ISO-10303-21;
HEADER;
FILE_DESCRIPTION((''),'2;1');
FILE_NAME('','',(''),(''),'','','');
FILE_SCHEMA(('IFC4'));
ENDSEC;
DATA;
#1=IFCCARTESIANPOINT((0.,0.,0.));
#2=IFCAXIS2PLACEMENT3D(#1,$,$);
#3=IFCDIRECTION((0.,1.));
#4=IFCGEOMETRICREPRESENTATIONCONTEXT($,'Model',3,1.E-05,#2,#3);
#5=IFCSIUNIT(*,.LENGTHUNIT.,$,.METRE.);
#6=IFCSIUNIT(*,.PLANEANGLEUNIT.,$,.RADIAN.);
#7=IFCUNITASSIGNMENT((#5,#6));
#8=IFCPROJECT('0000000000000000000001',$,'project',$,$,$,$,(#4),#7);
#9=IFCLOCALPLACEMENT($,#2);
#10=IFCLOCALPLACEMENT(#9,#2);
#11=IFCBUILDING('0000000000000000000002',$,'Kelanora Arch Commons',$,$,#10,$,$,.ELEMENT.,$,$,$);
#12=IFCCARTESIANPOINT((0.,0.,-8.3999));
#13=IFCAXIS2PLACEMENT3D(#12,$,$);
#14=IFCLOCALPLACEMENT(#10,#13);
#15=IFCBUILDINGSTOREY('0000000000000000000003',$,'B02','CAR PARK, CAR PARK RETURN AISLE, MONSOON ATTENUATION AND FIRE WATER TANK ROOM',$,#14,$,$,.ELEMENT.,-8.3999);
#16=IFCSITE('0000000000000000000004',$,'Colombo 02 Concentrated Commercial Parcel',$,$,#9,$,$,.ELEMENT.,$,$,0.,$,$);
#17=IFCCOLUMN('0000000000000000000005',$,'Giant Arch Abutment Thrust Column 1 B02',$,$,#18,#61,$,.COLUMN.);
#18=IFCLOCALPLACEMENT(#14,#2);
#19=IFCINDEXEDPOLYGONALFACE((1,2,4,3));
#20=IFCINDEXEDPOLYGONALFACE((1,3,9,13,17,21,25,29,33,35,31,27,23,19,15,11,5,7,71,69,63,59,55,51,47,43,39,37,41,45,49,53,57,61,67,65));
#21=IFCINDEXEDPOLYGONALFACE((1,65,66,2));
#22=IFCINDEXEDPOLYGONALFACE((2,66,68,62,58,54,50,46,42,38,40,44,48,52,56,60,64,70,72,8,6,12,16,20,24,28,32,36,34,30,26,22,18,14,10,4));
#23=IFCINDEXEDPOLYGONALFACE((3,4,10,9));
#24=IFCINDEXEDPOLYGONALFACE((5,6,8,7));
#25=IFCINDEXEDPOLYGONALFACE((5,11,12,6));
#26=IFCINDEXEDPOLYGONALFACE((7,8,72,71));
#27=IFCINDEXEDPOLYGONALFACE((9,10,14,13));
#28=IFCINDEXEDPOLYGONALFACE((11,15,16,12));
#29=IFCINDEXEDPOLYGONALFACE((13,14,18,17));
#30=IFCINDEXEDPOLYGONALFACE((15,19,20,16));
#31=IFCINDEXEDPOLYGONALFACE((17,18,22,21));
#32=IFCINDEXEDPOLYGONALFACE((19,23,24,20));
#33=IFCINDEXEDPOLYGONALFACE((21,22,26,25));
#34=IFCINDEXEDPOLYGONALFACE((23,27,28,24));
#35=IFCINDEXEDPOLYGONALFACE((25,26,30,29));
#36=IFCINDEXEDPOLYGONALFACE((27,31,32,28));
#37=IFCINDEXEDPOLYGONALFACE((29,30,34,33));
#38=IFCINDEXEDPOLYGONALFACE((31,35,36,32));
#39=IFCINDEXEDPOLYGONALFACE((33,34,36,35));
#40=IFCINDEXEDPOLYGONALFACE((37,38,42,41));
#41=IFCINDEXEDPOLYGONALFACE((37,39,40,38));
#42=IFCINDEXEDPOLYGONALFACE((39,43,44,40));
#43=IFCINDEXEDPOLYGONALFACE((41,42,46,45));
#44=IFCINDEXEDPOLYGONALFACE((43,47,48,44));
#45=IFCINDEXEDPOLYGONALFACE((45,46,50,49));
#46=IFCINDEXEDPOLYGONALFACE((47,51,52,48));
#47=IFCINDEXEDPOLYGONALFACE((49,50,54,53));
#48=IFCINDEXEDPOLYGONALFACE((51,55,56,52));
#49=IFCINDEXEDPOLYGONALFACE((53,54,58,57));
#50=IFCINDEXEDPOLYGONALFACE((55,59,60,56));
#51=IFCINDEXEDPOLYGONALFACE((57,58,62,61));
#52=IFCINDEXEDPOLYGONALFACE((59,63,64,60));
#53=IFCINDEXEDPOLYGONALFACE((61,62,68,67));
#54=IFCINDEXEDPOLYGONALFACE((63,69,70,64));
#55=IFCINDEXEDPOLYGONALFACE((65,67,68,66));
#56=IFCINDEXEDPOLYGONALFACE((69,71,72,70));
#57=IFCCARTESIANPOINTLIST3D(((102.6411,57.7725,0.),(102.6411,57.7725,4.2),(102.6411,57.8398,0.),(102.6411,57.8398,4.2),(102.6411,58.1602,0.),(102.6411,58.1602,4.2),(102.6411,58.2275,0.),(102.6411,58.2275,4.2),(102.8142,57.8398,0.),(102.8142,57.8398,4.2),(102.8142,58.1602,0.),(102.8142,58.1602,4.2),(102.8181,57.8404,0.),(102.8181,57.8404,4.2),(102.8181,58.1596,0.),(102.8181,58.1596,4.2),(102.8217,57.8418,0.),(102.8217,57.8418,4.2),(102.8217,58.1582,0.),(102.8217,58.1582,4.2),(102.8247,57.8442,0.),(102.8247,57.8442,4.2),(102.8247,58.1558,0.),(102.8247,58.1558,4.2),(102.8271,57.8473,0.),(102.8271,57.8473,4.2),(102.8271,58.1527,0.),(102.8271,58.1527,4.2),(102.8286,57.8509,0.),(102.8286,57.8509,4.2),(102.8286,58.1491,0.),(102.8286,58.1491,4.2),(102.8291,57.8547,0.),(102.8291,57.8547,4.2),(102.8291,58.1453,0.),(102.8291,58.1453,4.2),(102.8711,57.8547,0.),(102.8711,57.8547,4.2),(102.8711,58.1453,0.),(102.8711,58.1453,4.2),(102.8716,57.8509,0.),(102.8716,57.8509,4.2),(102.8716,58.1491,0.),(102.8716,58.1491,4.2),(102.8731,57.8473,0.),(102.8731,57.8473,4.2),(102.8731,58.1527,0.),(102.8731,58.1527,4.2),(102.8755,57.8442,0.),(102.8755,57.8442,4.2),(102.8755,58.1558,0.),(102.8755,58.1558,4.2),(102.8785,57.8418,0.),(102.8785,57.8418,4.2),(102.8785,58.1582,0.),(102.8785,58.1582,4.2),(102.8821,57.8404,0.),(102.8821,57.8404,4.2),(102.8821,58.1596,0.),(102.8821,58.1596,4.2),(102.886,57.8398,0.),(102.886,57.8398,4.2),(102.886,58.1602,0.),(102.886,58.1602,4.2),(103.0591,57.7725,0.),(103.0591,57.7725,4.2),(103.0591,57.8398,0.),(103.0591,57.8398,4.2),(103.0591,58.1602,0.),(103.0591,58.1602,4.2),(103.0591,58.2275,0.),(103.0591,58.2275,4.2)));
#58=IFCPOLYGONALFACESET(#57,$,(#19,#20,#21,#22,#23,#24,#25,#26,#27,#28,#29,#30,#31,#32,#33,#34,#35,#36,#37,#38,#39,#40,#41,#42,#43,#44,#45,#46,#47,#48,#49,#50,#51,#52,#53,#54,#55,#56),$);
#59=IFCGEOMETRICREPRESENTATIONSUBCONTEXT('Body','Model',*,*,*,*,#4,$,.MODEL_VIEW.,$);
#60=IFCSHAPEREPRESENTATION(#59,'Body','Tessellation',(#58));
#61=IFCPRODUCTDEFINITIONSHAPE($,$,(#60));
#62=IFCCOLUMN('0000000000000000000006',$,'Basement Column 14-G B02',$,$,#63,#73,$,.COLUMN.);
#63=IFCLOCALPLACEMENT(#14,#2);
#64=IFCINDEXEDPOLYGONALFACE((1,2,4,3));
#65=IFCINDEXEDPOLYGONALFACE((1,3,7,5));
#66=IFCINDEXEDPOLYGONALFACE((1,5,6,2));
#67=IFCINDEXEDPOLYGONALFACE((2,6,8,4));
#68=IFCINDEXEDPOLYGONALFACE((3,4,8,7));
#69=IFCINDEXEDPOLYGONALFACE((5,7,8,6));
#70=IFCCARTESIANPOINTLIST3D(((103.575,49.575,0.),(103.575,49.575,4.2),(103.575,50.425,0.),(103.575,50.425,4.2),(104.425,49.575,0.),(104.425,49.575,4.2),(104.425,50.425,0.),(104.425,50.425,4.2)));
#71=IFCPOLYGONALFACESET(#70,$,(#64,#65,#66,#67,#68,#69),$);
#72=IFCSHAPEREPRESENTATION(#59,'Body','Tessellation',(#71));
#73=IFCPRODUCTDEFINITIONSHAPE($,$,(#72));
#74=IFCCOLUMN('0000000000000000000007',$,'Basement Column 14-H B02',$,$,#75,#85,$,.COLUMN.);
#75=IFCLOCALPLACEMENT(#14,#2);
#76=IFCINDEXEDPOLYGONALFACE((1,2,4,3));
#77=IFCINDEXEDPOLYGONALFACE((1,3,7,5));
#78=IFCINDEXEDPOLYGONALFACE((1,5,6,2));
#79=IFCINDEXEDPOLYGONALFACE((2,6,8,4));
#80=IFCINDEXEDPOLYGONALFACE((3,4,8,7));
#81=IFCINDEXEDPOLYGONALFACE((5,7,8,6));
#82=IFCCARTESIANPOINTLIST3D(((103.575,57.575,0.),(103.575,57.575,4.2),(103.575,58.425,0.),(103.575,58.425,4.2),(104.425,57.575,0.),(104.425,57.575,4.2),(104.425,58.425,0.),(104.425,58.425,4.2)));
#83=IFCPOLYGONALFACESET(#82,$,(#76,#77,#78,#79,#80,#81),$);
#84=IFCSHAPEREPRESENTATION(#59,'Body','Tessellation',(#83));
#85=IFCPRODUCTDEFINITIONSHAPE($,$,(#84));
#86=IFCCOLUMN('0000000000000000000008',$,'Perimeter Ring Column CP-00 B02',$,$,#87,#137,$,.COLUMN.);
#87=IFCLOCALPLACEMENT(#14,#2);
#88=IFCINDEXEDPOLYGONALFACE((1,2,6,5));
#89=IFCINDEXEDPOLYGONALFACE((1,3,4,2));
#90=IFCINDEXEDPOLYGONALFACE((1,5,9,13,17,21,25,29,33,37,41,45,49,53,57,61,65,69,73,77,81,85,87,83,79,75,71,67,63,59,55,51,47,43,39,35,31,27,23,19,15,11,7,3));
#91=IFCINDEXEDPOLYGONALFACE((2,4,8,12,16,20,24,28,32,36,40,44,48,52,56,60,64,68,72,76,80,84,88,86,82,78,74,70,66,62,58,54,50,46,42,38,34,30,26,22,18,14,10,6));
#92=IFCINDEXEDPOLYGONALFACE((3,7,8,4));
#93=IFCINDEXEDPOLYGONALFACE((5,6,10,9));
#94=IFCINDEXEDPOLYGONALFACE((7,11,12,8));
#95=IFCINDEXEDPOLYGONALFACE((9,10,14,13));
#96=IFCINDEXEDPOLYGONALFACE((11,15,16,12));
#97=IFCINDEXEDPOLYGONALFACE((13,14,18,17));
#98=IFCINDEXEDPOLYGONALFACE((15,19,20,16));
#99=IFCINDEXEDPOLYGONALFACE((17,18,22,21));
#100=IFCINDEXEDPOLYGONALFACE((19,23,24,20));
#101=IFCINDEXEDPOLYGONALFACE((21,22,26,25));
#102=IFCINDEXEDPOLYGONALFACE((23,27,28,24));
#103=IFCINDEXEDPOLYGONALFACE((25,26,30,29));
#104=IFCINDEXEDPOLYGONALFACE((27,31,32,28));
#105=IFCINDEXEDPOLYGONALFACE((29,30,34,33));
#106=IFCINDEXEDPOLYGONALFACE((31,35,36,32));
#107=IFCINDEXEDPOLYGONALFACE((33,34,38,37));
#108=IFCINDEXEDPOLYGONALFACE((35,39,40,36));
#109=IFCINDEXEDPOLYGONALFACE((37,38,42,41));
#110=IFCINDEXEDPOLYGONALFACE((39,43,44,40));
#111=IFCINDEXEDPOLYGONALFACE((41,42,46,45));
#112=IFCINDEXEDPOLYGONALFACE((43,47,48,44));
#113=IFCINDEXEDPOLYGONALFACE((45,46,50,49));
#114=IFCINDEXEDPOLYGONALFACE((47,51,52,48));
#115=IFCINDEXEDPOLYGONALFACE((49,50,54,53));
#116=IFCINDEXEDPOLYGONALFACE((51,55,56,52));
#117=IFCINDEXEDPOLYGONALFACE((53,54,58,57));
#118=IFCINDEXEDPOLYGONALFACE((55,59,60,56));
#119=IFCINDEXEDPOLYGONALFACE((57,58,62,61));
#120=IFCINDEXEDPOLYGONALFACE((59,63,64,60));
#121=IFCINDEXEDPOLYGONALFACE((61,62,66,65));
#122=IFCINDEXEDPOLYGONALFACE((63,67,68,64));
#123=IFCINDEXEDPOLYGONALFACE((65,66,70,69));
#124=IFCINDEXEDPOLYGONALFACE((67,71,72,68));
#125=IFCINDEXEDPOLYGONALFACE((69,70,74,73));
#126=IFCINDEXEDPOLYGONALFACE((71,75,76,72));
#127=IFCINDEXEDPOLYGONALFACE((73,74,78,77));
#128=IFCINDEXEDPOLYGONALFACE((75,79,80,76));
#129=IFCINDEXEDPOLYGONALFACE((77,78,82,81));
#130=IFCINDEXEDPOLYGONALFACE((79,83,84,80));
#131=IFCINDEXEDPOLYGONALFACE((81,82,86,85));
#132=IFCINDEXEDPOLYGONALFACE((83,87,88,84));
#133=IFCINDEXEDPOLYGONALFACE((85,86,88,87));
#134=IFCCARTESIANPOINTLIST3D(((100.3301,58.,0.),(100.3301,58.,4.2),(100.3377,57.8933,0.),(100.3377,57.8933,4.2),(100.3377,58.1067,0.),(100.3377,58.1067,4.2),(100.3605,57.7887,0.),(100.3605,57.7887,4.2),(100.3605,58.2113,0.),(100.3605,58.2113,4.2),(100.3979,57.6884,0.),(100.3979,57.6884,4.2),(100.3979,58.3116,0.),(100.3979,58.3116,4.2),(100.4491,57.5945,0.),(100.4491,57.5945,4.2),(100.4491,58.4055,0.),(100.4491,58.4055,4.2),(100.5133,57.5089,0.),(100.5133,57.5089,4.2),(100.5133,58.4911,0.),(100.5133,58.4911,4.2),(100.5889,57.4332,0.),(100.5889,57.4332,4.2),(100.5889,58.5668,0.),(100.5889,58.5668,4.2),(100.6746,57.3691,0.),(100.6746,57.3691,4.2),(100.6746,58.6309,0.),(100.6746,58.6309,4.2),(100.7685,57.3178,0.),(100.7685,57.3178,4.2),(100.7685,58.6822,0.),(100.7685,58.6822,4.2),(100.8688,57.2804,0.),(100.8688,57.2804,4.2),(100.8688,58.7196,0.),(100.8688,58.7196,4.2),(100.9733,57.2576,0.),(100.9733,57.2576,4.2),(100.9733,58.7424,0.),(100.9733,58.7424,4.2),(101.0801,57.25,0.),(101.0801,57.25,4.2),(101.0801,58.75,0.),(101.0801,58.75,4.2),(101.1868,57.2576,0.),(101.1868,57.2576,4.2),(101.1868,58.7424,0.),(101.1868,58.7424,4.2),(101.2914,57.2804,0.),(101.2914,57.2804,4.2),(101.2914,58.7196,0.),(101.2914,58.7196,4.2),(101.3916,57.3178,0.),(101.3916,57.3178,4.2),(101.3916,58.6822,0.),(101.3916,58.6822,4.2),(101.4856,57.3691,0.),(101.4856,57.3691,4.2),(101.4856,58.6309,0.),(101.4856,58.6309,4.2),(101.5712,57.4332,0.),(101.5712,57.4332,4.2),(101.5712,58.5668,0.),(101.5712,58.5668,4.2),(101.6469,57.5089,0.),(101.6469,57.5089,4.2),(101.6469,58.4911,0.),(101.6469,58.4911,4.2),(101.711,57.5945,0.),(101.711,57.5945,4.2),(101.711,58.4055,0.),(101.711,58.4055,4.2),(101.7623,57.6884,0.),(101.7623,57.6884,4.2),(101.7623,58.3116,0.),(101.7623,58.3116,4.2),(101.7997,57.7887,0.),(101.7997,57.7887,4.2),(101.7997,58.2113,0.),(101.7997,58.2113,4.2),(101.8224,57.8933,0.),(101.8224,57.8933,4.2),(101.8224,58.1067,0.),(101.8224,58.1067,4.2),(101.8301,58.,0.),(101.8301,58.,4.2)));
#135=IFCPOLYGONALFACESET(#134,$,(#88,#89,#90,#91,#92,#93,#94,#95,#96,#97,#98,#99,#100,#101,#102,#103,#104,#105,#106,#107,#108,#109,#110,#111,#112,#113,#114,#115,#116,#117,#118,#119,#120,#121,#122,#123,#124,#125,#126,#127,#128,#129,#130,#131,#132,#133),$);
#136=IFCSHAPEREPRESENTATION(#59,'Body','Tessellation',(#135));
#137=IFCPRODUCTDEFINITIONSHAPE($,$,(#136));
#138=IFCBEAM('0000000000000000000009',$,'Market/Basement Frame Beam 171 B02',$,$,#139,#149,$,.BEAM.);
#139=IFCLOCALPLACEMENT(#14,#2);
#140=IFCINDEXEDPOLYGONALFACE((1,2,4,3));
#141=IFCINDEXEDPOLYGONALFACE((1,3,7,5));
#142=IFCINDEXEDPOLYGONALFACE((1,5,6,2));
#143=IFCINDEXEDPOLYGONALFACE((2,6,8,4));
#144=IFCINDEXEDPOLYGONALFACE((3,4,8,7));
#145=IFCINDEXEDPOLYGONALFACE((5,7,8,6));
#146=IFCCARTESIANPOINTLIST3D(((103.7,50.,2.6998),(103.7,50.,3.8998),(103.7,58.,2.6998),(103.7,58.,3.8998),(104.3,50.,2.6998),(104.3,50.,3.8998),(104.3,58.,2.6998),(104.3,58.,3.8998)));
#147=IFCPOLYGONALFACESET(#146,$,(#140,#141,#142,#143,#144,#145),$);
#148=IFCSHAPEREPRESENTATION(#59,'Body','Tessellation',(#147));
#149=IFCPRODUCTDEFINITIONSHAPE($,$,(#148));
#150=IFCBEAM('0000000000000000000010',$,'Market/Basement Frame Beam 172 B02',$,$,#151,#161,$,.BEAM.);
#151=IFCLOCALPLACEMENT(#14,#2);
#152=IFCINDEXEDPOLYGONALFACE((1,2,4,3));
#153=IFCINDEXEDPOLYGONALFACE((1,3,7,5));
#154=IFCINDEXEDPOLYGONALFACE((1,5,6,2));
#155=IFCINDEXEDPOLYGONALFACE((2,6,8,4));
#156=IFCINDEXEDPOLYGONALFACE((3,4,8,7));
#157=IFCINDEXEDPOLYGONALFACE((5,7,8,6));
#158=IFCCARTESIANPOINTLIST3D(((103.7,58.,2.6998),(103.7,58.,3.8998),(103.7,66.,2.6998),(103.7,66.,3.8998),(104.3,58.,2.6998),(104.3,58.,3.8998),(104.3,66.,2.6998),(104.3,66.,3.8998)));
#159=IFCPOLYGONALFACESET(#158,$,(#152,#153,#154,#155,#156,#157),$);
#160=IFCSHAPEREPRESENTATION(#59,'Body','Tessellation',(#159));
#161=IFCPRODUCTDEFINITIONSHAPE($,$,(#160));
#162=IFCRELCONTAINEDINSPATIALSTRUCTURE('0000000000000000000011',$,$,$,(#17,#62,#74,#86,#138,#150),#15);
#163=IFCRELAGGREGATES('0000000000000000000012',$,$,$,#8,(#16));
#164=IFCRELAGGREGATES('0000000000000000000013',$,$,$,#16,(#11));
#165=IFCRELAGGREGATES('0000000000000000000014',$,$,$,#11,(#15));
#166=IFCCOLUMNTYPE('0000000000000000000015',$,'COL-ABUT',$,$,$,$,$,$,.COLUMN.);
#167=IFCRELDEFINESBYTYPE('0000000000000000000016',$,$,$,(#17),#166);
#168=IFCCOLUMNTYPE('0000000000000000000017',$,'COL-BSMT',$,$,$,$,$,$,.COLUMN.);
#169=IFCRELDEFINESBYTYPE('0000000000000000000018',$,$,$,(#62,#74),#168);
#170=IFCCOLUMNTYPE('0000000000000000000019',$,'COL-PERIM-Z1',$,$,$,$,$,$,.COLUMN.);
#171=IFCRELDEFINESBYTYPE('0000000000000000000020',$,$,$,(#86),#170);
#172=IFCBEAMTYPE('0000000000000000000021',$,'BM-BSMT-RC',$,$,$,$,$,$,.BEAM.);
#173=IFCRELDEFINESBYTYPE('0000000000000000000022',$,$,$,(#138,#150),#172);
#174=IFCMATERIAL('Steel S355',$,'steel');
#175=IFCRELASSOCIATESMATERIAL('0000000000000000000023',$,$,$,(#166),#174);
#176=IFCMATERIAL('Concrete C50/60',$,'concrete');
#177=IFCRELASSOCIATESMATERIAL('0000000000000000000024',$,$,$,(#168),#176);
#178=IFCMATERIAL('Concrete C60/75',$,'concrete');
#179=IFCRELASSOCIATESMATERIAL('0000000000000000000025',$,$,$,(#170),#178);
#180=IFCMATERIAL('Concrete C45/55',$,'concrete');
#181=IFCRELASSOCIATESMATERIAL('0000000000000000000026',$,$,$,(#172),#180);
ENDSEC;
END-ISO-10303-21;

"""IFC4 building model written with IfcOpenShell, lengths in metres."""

from ifc_helpers import new_model, si_unit, direction, frame, origin, origin_2d, place, context, subcontext, project, spatial, rectangle, circle, i_section, extrude, material, material_profile, profile_set, type_object, element, save


model = new_model("IFC4")

# Units and contexts
model_context = context("Model", 3, precision=1e-05, world=origin(), true_north=direction((0.0, 1.0)))
body_context = subcontext(model_context, "Body", "Model", "MODEL_VIEW")
ifc_project = project(units=[si_unit("LENGTHUNIT", "METRE"), si_unit("PLANEANGLEUNIT", "RADIAN")], contexts=[model_context])

# Site, building, storey
site_placement = place(None, origin())
site = spatial("IfcSite", under=ifc_project, at=site_placement, Name="Colombo 02 Concentrated Commercial Parcel", CompositionType="ELEMENT", RefElevation=0.0)
building_placement = place(site_placement, origin())
building = spatial("IfcBuilding", under=site, at=building_placement, Name="Kelanora Arch Commons", CompositionType="ELEMENT")
storey_placement = place(building_placement, frame((0.0, 0.0, -8.3999)))
storey = spatial("IfcBuildingStorey", under=building, at=storey_placement, Name="B02", Description="CAR PARK, CAR PARK RETURN AISLE, MONSOON ATTENUATION AND FIRE WATER TANK ROOM", CompositionType="ELEMENT", Elevation=-8.3999)

# Shared definitions
ifc_material_1 = material(Name="Concrete C45/55", Category="concrete")

# Columns
ifc_material_2 = material(Name="Steel S355", Category="steel")
ifc_material_profile_1 = material_profile(ifc_material_2, i_section(OverallWidth=0.418, OverallDepth=0.4551, WebThickness=0.042, FlangeThickness=0.0674, FilletRadius=0.0149, at=origin_2d()), Name="HD400x551")
ifc_profile_set_1 = profile_set([ifc_material_profile_1], Name="Steel S355")
column_type_1 = type_object("IfcColumnType", Name="COL-ABUT", PredefinedType="COLUMN", material=ifc_profile_set_1)
column_1_placement = place(storey_placement, frame((102.8501, 58.0, 0.0), z_axis=(0.0, 0.0, 1.0), x_axis=(1.0, 0.0, 0.0)))
element("IfcColumn", 1, at=column_1_placement, inside=storey, type_object=column_type_1, Name="Giant Arch Abutment Thrust Column 1 B02", PredefinedType="COLUMN", context=body_context, shape_type="SweptSolid", body=[
    extrude(i_section(OverallWidth=0.418, OverallDepth=0.4551, WebThickness=0.042, FlangeThickness=0.0674, FilletRadius=0.0149, at=origin_2d()), origin(), (0.0, 0.0, 1.0), 4.2),
])
ifc_material_3 = material(Name="Concrete C50/60", Category="concrete")
ifc_material_profile_2 = material_profile(ifc_material_3, rectangle(XDim=0.8501, YDim=0.8501, at=origin_2d()), Name="RC850x850")
ifc_profile_set_2 = profile_set([ifc_material_profile_2], Name="Concrete C50/60")
column_type_2 = type_object("IfcColumnType", Name="COL-BSMT", PredefinedType="COLUMN", material=ifc_profile_set_2)
for number, where, z_axis, x_axis, name in (
    (2, (104.0, 50.0, 0.0), (0.0, 0.0, 1.0), (1.0, 0.0, 0.0), "Basement Column 14-G B02"),
    (3, (104.0, 58.0, 0.0), (0.0, 0.0, 1.0), (1.0, 0.0, 0.0), "Basement Column 14-H B02"),
):
    element("IfcColumn", number, at=place(storey_placement, frame(where, z_axis=z_axis, x_axis=x_axis)), inside=storey, type_object=column_type_2, Name=name, PredefinedType="COLUMN", context=body_context, shape_type="SweptSolid", body=[
        extrude(rectangle(XDim=0.8501, YDim=0.8501, at=origin_2d()), origin(), (0.0, 0.0, 1.0), 4.2),
    ])
ifc_material_4 = material(Name="Concrete C60/75", Category="concrete")
ifc_material_profile_3 = material_profile(ifc_material_4, circle(Radius=0.75, at=origin_2d()), Name="RCC1500")
ifc_profile_set_3 = profile_set([ifc_material_profile_3], Name="Concrete C60/75")
column_type_3 = type_object("IfcColumnType", Name="COL-PERIM-Z1", PredefinedType="COLUMN", material=ifc_profile_set_3)
column_2_placement = place(storey_placement, frame((101.0801, 58.0, 0.0), z_axis=(0.0, 0.0, 1.0), x_axis=(1.0, 0.0, 0.0)))
element("IfcColumn", 4, at=column_2_placement, inside=storey, type_object=column_type_3, Name="Perimeter Ring Column CP-00 B02", PredefinedType="COLUMN", context=body_context, shape_type="SweptSolid", body=[
    extrude(circle(Radius=0.75, at=origin_2d()), origin(), (0.0, 0.0, 1.0), 4.2),
])

# Beams
ifc_material_profile_4 = material_profile(ifc_material_1, rectangle(XDim=0.6001, YDim=1.2, at=origin_2d()), Name="RCB600x1200")
ifc_profile_set_4 = profile_set([ifc_material_profile_4], Name="Concrete C45/55")
beam_type_1 = type_object("IfcBeamType", Name="BM-BSMT-RC", PredefinedType="BEAM", material=ifc_profile_set_4)
for number, where, z_axis, x_axis, name in (
    (5, (104.0, 50.0, 3.2998), (0.0, 1.0, 0.0), (-1.0, 0.0, 0.0), "Market/Basement Frame Beam 171 B02"),
    (6, (104.0, 58.0, 3.2998), (0.0, 1.0, 0.0), (-1.0, 0.0, 0.0), "Market/Basement Frame Beam 172 B02"),
):
    element("IfcBeam", number, at=place(storey_placement, frame(where, z_axis=z_axis, x_axis=x_axis)), inside=storey, type_object=beam_type_1, Name=name, PredefinedType="BEAM", context=body_context, shape_type="SweptSolid", body=[
        extrude(rectangle(XDim=0.6001, YDim=1.2, at=origin_2d()), origin(), (0.0, 0.0, 1.0), 8.0),
    ])

save(model, "model.ifc")
